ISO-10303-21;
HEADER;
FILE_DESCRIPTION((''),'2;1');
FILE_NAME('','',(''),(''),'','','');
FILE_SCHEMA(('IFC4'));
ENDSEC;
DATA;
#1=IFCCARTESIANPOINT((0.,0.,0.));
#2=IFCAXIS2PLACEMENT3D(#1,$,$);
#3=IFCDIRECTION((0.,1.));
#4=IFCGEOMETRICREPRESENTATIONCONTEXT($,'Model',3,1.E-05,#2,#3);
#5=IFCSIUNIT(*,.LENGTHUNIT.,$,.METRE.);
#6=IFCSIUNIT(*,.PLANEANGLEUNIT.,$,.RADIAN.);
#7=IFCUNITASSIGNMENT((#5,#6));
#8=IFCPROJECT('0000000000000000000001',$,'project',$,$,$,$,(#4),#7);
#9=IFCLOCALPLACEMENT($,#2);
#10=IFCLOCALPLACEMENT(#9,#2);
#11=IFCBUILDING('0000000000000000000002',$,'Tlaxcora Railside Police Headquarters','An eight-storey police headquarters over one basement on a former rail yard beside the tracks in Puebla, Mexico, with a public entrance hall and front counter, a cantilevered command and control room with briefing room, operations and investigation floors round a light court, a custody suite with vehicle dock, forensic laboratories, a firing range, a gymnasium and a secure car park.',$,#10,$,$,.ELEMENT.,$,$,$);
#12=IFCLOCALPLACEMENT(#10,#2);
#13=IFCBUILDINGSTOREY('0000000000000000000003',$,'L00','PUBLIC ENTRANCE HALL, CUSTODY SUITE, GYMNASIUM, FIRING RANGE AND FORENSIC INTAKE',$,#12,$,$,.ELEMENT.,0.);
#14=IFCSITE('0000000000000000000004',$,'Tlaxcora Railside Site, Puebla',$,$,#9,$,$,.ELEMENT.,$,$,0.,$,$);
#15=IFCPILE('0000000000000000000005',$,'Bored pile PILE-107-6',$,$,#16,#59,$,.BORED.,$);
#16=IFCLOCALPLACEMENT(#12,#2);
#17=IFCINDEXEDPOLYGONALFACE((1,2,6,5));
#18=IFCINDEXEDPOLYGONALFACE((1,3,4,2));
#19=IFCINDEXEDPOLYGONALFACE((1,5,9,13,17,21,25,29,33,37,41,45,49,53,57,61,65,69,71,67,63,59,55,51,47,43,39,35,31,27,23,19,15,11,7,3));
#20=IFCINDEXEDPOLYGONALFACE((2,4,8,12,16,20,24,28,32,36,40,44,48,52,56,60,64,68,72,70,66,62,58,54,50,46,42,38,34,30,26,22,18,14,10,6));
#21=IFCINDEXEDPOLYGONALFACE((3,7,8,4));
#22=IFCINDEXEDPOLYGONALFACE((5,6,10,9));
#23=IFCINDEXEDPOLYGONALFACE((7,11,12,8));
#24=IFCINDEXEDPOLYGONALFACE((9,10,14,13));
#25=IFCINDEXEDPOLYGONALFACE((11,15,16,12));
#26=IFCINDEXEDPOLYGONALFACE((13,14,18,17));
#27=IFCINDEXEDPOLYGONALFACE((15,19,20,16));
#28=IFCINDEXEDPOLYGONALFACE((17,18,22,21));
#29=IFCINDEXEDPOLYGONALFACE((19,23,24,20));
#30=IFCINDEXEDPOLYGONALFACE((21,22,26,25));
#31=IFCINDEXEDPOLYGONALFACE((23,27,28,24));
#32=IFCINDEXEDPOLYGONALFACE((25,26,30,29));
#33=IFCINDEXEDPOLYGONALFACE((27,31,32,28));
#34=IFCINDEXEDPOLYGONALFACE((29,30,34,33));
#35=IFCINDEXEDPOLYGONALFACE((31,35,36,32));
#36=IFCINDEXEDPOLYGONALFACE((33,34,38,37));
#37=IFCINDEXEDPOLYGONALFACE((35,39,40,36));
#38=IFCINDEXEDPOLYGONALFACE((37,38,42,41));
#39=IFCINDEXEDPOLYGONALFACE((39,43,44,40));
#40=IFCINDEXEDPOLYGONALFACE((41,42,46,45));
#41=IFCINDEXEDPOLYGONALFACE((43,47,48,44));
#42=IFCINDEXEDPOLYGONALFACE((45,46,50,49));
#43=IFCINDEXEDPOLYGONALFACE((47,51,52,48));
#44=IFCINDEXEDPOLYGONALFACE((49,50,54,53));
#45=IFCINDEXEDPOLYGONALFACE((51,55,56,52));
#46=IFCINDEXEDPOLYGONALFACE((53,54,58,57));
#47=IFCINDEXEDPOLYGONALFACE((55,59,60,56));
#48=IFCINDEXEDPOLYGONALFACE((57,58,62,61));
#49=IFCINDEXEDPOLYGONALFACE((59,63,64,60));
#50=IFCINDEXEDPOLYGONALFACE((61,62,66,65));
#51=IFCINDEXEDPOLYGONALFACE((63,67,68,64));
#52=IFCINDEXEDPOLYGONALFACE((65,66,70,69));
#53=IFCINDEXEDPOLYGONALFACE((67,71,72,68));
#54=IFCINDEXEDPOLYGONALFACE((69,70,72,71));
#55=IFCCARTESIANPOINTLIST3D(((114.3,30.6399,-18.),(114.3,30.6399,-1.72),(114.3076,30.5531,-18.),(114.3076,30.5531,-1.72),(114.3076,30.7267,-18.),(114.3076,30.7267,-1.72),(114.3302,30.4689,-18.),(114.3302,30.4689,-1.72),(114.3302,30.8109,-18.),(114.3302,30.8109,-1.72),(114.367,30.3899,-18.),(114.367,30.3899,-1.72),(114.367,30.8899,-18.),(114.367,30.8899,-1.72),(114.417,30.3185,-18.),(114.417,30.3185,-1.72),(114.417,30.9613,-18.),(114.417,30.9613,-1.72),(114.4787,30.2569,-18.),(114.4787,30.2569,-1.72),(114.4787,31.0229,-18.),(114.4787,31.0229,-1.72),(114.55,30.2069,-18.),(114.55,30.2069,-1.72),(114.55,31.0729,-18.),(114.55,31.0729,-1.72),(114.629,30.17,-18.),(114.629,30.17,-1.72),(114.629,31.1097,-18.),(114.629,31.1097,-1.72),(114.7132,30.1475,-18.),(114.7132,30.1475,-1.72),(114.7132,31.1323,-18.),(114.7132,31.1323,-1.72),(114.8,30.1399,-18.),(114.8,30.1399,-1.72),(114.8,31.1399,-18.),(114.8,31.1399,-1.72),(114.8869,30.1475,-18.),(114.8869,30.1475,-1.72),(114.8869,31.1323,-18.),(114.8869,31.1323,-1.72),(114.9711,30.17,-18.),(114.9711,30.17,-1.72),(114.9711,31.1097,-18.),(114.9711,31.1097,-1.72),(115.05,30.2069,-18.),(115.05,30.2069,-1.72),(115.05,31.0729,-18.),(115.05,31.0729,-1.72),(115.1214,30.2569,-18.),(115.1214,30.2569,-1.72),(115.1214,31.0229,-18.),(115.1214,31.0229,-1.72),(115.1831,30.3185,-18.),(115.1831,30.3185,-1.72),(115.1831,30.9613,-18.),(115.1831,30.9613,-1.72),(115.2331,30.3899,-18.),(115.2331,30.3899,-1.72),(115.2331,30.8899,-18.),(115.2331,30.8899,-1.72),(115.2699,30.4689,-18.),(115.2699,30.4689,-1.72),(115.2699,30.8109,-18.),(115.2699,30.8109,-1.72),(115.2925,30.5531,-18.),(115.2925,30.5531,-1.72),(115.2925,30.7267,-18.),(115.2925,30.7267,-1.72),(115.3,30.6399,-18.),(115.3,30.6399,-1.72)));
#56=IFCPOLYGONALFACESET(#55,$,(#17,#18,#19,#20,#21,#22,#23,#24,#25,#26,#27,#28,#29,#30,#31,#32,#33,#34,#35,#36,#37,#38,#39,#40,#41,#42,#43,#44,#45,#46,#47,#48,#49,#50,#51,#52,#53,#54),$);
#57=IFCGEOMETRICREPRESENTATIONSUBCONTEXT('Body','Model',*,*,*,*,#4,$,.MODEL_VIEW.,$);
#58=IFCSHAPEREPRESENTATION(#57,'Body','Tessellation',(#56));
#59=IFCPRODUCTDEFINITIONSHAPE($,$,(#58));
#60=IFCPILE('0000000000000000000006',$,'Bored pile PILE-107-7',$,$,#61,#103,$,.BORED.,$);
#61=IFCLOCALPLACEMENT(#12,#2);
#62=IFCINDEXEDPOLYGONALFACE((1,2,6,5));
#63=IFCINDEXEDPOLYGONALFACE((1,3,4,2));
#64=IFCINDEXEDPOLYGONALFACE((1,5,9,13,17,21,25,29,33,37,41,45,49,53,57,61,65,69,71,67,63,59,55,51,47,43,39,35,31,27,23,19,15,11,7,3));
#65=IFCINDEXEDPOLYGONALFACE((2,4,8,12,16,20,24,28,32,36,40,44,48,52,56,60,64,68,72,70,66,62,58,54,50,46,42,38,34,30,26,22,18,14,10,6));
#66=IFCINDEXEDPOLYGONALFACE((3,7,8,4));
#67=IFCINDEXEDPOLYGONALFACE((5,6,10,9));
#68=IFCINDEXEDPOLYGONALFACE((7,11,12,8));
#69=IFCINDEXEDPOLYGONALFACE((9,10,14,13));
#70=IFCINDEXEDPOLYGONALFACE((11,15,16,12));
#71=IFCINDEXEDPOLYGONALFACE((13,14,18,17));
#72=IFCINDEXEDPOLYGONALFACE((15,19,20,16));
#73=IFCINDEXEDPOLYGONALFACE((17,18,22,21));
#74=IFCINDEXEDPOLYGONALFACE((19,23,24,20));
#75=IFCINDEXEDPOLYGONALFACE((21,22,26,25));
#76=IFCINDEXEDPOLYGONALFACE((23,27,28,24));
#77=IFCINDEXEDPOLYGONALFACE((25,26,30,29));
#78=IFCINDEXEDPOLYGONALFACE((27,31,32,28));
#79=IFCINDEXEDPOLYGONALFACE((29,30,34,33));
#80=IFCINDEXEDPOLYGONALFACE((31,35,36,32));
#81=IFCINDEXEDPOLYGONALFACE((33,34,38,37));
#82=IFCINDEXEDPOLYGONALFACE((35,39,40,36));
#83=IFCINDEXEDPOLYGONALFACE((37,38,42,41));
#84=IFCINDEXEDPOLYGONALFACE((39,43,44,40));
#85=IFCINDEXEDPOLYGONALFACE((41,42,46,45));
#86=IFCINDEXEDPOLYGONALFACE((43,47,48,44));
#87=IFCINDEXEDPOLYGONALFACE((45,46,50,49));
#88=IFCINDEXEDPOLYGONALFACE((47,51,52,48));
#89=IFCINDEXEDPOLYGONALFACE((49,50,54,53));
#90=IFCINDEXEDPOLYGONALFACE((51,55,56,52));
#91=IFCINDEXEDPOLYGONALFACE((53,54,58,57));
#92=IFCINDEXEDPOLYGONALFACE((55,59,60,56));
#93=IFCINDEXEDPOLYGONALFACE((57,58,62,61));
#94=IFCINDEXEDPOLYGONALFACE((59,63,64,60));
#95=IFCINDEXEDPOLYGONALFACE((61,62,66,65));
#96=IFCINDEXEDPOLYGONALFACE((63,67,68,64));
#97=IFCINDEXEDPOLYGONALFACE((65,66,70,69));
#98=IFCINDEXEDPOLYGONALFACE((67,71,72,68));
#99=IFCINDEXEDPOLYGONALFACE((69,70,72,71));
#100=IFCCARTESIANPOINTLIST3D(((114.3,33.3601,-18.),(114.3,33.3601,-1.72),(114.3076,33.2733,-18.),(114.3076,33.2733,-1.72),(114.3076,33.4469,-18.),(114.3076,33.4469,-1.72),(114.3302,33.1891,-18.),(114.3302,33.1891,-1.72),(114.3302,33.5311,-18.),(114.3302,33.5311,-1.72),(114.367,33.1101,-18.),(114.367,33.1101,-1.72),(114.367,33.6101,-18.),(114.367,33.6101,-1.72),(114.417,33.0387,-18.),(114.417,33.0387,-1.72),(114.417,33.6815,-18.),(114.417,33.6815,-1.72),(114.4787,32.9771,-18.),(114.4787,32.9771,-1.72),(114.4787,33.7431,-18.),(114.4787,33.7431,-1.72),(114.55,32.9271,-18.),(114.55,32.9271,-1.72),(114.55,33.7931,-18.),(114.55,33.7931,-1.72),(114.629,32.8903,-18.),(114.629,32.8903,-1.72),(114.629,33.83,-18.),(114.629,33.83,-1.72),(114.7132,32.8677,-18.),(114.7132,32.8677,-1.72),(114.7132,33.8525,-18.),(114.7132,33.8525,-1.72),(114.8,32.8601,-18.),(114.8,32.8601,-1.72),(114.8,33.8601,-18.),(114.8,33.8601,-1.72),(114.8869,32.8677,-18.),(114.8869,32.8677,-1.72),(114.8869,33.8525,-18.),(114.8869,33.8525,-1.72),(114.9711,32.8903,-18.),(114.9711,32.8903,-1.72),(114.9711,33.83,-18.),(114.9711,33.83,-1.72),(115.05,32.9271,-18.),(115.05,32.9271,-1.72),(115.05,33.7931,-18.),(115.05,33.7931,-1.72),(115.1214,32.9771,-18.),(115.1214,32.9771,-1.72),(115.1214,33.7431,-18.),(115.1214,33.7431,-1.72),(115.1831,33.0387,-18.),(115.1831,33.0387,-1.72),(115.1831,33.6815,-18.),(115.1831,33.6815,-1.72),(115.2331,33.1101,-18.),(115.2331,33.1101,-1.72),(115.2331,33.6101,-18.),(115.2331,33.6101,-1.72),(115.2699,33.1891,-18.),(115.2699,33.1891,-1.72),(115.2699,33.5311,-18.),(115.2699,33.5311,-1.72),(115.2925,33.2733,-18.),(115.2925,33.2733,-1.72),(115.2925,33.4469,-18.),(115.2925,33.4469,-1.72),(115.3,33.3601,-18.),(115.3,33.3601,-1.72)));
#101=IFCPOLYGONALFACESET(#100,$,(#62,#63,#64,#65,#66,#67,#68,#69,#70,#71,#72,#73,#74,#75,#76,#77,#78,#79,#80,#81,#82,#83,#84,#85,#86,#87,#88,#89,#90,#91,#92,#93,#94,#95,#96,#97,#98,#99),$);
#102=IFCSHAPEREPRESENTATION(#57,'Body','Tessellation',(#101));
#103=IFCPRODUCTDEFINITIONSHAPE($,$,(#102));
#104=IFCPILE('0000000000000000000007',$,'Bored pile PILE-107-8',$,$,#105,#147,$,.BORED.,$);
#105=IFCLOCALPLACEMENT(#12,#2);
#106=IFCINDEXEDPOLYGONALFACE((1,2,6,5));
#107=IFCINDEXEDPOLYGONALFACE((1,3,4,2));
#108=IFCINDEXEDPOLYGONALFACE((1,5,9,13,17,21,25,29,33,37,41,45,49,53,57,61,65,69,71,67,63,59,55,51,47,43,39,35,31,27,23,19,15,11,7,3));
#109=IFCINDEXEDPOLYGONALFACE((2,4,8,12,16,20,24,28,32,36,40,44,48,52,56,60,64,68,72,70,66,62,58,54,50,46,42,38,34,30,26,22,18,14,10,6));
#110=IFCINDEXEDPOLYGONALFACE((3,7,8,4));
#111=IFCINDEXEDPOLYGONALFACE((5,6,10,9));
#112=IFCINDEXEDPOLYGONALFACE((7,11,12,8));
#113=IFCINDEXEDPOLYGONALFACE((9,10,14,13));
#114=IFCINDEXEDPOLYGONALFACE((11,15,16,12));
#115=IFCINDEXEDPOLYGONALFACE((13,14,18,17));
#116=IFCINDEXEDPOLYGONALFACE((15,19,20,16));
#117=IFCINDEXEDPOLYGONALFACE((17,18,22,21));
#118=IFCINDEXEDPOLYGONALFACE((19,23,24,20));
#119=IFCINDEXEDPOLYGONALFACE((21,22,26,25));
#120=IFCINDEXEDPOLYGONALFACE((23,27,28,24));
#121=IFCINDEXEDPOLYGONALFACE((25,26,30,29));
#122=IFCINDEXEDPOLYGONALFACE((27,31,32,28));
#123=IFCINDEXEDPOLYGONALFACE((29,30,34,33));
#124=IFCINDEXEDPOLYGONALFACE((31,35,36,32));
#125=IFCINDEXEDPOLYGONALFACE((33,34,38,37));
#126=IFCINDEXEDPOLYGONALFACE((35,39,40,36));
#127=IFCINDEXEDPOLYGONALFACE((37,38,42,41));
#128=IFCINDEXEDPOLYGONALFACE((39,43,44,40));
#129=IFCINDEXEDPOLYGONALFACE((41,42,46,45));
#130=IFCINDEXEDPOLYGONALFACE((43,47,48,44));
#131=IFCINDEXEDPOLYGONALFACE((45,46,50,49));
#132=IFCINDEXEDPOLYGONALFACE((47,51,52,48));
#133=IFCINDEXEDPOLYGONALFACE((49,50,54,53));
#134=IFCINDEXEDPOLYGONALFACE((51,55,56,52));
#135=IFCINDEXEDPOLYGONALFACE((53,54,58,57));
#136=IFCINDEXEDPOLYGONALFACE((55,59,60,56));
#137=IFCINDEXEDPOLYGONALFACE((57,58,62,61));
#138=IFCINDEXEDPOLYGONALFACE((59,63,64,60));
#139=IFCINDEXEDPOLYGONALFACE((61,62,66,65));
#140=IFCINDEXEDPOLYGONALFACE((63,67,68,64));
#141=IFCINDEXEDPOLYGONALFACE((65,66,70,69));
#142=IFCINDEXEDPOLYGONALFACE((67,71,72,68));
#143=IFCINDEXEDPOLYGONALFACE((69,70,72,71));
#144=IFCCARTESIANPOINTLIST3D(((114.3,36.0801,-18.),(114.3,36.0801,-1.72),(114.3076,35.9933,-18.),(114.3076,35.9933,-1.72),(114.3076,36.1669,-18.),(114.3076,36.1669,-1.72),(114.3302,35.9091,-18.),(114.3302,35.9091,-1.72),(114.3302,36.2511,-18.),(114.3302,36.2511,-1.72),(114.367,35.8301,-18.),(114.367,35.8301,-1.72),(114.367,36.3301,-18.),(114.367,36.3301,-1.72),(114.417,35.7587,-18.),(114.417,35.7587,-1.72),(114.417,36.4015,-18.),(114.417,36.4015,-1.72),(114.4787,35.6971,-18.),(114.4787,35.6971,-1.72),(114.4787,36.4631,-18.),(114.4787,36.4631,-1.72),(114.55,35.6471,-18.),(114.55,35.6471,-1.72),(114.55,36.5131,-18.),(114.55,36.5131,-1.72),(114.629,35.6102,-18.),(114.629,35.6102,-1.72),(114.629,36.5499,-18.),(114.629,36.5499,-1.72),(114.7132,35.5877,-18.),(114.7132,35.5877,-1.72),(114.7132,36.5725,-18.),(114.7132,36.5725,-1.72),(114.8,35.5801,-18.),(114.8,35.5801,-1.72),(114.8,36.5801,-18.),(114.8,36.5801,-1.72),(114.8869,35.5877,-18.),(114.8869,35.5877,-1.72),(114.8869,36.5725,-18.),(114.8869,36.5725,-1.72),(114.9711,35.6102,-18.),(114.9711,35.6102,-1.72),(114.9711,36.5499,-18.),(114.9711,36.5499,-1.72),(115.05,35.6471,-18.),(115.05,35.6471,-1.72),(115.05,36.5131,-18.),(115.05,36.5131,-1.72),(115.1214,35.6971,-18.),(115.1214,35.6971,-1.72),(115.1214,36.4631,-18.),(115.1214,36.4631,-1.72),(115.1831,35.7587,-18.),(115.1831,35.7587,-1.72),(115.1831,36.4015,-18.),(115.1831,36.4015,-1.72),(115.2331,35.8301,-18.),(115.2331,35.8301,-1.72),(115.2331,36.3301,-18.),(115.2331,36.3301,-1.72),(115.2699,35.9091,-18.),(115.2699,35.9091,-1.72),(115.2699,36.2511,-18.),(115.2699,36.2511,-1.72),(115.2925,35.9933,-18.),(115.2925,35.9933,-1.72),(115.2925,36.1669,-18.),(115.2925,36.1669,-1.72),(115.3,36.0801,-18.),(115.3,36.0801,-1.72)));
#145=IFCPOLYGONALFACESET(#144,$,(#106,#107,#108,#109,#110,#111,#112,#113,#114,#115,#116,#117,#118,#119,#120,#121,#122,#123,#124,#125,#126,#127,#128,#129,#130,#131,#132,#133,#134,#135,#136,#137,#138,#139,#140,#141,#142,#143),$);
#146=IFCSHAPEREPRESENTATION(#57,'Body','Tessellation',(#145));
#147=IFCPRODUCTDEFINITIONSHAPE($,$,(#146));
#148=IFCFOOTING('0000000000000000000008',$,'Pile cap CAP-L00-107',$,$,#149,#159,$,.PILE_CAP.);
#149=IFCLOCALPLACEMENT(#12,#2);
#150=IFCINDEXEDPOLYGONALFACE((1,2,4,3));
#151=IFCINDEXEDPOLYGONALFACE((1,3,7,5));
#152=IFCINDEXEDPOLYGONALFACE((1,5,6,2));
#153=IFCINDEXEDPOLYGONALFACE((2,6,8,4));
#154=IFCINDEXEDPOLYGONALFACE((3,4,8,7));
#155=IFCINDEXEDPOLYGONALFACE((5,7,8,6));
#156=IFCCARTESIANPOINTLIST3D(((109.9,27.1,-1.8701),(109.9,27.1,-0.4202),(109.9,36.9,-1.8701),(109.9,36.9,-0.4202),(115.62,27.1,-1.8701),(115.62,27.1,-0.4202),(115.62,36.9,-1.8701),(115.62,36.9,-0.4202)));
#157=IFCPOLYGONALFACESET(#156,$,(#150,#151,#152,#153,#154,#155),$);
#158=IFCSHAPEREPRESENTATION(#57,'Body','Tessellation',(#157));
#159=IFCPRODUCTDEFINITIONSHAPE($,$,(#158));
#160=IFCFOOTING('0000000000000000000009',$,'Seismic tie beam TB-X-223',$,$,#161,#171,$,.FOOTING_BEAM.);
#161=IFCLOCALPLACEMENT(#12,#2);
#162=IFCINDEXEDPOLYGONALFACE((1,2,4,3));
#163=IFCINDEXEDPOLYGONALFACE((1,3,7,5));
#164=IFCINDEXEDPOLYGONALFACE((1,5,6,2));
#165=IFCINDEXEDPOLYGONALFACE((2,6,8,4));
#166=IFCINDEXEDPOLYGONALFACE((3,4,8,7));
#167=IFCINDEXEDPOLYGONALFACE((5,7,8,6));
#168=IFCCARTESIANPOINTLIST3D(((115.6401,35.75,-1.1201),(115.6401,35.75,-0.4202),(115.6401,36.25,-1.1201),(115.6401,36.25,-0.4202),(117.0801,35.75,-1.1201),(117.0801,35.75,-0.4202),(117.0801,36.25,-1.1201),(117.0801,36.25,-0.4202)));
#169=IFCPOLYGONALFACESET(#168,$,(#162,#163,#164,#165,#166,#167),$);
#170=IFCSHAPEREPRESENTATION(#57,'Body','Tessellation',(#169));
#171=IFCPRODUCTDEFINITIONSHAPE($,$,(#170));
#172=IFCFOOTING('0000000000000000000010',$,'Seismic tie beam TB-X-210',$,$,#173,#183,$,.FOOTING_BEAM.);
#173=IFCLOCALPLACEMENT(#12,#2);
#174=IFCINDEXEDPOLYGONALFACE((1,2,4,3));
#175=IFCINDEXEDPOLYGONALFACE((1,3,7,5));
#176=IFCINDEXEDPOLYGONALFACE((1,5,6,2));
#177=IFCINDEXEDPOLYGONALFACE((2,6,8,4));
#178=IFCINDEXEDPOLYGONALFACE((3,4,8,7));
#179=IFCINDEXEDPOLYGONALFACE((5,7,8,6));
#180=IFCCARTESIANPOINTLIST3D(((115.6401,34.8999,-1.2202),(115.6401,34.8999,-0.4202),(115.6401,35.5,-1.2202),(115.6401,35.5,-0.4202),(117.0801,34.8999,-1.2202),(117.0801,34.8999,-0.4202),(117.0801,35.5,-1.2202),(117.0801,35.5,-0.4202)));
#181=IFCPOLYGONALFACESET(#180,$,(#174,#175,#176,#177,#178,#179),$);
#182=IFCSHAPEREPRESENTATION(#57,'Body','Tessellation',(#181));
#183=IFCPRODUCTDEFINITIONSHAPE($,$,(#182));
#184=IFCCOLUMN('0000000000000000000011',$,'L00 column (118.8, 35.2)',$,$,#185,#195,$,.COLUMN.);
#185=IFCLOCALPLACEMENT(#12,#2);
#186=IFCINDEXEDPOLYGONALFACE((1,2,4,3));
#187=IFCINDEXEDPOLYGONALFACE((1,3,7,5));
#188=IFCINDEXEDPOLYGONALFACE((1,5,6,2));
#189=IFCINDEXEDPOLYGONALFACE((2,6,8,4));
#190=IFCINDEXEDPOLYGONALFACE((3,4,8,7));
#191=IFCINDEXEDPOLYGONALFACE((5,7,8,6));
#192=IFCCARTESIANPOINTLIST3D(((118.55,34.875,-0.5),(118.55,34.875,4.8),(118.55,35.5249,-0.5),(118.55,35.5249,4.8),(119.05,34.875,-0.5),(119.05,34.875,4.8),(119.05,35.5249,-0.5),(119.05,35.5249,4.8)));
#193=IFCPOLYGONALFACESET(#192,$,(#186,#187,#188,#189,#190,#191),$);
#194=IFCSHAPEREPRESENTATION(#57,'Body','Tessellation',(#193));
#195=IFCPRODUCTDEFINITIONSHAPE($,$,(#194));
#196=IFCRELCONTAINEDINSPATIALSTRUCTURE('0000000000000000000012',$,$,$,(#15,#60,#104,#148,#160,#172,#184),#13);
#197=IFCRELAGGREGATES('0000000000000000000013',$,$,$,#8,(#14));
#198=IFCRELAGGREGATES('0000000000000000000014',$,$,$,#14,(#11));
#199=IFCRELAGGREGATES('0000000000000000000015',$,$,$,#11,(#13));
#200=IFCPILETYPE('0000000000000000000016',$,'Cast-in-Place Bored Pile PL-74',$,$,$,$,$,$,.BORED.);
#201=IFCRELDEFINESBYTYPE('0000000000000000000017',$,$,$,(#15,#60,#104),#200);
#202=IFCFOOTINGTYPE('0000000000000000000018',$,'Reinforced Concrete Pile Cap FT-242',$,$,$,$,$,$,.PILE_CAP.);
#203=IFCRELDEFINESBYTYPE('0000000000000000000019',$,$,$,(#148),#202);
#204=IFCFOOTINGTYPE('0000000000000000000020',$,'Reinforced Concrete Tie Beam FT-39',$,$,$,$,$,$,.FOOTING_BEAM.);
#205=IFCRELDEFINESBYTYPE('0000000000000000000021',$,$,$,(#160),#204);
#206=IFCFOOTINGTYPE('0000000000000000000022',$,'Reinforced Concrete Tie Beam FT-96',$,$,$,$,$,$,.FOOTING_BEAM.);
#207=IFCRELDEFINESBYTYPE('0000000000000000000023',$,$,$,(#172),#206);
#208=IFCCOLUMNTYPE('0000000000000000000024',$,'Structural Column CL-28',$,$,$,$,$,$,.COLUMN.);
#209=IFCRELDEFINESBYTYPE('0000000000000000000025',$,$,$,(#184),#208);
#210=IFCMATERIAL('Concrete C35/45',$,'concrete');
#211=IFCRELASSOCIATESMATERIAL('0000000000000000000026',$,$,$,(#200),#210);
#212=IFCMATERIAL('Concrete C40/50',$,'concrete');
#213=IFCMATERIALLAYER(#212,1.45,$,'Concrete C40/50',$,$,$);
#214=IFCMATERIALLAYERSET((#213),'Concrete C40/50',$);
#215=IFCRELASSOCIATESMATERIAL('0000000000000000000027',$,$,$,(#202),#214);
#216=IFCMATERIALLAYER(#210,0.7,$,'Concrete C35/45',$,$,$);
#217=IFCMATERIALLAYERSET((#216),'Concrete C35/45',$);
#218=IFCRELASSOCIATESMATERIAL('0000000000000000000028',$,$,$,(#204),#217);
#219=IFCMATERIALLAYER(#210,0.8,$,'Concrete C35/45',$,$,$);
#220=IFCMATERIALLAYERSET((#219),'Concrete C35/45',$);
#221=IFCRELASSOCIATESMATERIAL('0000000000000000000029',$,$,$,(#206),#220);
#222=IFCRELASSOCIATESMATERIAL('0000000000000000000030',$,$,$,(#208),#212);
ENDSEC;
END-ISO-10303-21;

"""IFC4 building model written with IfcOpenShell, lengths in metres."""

from ifc_helpers import new_model, si_unit, direction, frame, origin, origin_2d, place, context, subcontext, project, spatial, rectangle, circle, extrude, material, layer, layer_set, material_profile, profile_set, type_object, element, save


model = new_model("IFC4")

# Units and contexts
model_context = context("Model", 3, precision=1e-05, world=origin(), true_north=direction((0.0, 1.0)))
body_context = subcontext(model_context, "Body", "Model", "MODEL_VIEW")
ifc_project = project(units=[si_unit("LENGTHUNIT", "METRE"), si_unit("PLANEANGLEUNIT", "RADIAN")], contexts=[model_context])

# Site, building, storey
site_placement = place(None, origin())
site = spatial("IfcSite", under=ifc_project, at=site_placement, Name="Tlaxcora Railside Site, Puebla", CompositionType="ELEMENT", RefElevation=0.0)
building_placement = place(site_placement, origin())
building = spatial("IfcBuilding", under=site, at=building_placement, Name="Tlaxcora Railside Police Headquarters", Description="An eight-storey police headquarters over one basement on a former rail yard beside the tracks in Puebla, Mexico, with a public entrance hall and front counter, a cantilevered command and control room with briefing room, operations and investigation floors round a light court, a custody suite with vehicle dock, forensic laboratories, a firing range, a gymnasium and a secure car park.", CompositionType="ELEMENT")
storey_placement = place(building_placement, origin())
storey = spatial("IfcBuildingStorey", under=building, at=storey_placement, Name="L00", Description="PUBLIC ENTRANCE HALL, CUSTODY SUITE, GYMNASIUM, FIRING RANGE AND FORENSIC INTAKE", CompositionType="ELEMENT", Elevation=0.0)

# Piles
ifc_material_1 = material(Name="Concrete C35/45", Category="concrete")
ifc_material_profile_1 = material_profile(ifc_material_1, circle(Radius=0.5, at=origin_2d()), Name="PILE1000")
ifc_profile_set_1 = profile_set([ifc_material_profile_1], Name="Concrete C35/45")
pile_type = type_object("IfcPileType", Name="Cast-in-Place Bored Pile PL-74", PredefinedType="BORED", material=ifc_profile_set_1)
for number, where, z_axis, x_axis, name in (
    (1, (114.8, 30.6399, -1.72), (0.0, 0.0, -1.0), (1.0, 0.0, 0.0), "Bored pile PILE-107-6"),
    (2, (114.8, 33.3601, -1.72), (0.0, 0.0, -1.0), (1.0, 0.0, 0.0), "Bored pile PILE-107-7"),
    (3, (114.8, 36.0801, -1.72), (0.0, 0.0, -1.0), (1.0, 0.0, 0.0), "Bored pile PILE-107-8"),
):
    element("IfcPile", number, at=place(storey_placement, frame(where, z_axis=z_axis, x_axis=x_axis)), inside=storey, type_object=pile_type, Name=name, PredefinedType="BORED", context=body_context, shape_type="SweptSolid", body=[
        extrude(circle(Radius=0.5, at=origin_2d()), origin(), (0.0, 0.0, 1.0), 16.28),
    ])

# Footings
ifc_material_2 = material(Name="Concrete C40/50", Category="concrete")
ifc_layer_1 = layer(ifc_material_2, 1.45, Name="Concrete C40/50")
ifc_layer_set_1 = layer_set([ifc_layer_1], Name="Concrete C40/50")
footing_type_1 = type_object("IfcFootingType", Name="Reinforced Concrete Pile Cap FT-242", PredefinedType="PILE_CAP", material=ifc_layer_set_1)
footing_1_placement = place(storey_placement, frame((112.76, 32.0, -1.8701), z_axis=(0.0, 0.0, 1.0), x_axis=(1.0, 0.0, 0.0)))
element("IfcFooting", 4, at=footing_1_placement, inside=storey, type_object=footing_type_1, Name="Pile cap CAP-L00-107", PredefinedType="PILE_CAP", context=body_context, shape_type="SweptSolid", body=[
    extrude(rectangle(XDim=5.72, YDim=9.8, at=origin_2d()), origin(), (0.0, 0.0, 1.0), 1.45),
])
ifc_layer_2 = layer(ifc_material_1, 0.7, Name="Concrete C35/45")
ifc_layer_set_2 = layer_set([ifc_layer_2], Name="Concrete C35/45")
footing_type_2 = type_object("IfcFootingType", Name="Reinforced Concrete Tie Beam FT-39", PredefinedType="FOOTING_BEAM", material=ifc_layer_set_2)
footing_2_placement = place(storey_placement, frame((116.3601, 36.0, -1.1201), z_axis=(0.0, 0.0, 1.0), x_axis=(1.0, 0.0, 0.0)))
element("IfcFooting", 5, at=footing_2_placement, inside=storey, type_object=footing_type_2, Name="Seismic tie beam TB-X-223", PredefinedType="FOOTING_BEAM", context=body_context, shape_type="SweptSolid", body=[
    extrude(rectangle(XDim=1.4399, YDim=0.5, at=origin_2d()), origin(), (0.0, 0.0, 1.0), 0.7),
])
ifc_layer_3 = layer(ifc_material_1, 0.8, Name="Concrete C35/45")
ifc_layer_set_3 = layer_set([ifc_layer_3], Name="Concrete C35/45")
footing_type_3 = type_object("IfcFootingType", Name="Reinforced Concrete Tie Beam FT-96", PredefinedType="FOOTING_BEAM", material=ifc_layer_set_3)
footing_3_placement = place(storey_placement, frame((116.3601, 35.2, -1.2202), z_axis=(0.0, 0.0, 1.0), x_axis=(1.0, 0.0, 0.0)))
element("IfcFooting", 6, at=footing_3_placement, inside=storey, type_object=footing_type_3, Name="Seismic tie beam TB-X-210", PredefinedType="FOOTING_BEAM", context=body_context, shape_type="SweptSolid", body=[
    extrude(rectangle(XDim=1.4399, YDim=0.6001, at=origin_2d()), origin(), (0.0, 0.0, 1.0), 0.8),
])

# Column
ifc_material_profile_2 = material_profile(ifc_material_2, rectangle(XDim=0.5, YDim=0.6499, at=origin_2d()), Name="RC500X650")
ifc_profile_set_2 = profile_set([ifc_material_profile_2], Name="Concrete C40/50")
column_type_1 = type_object("IfcColumnType", Name="Structural Column CL-28", PredefinedType="COLUMN", material=ifc_profile_set_2)
column_placement = place(storey_placement, frame((118.8, 35.2, -0.5), z_axis=(0.0, 0.0, 1.0), x_axis=(1.0, 0.0, 0.0)))
element("IfcColumn", 7, at=column_placement, inside=storey, type_object=column_type_1, Name="L00 column (118.8, 35.2)", PredefinedType="COLUMN", context=body_context, shape_type="SweptSolid", body=[
    extrude(rectangle(XDim=0.5, YDim=0.6499, at=origin_2d()), origin(), (0.0, 0.0, 1.0), 5.3),
])

save(model, "model.ifc")
